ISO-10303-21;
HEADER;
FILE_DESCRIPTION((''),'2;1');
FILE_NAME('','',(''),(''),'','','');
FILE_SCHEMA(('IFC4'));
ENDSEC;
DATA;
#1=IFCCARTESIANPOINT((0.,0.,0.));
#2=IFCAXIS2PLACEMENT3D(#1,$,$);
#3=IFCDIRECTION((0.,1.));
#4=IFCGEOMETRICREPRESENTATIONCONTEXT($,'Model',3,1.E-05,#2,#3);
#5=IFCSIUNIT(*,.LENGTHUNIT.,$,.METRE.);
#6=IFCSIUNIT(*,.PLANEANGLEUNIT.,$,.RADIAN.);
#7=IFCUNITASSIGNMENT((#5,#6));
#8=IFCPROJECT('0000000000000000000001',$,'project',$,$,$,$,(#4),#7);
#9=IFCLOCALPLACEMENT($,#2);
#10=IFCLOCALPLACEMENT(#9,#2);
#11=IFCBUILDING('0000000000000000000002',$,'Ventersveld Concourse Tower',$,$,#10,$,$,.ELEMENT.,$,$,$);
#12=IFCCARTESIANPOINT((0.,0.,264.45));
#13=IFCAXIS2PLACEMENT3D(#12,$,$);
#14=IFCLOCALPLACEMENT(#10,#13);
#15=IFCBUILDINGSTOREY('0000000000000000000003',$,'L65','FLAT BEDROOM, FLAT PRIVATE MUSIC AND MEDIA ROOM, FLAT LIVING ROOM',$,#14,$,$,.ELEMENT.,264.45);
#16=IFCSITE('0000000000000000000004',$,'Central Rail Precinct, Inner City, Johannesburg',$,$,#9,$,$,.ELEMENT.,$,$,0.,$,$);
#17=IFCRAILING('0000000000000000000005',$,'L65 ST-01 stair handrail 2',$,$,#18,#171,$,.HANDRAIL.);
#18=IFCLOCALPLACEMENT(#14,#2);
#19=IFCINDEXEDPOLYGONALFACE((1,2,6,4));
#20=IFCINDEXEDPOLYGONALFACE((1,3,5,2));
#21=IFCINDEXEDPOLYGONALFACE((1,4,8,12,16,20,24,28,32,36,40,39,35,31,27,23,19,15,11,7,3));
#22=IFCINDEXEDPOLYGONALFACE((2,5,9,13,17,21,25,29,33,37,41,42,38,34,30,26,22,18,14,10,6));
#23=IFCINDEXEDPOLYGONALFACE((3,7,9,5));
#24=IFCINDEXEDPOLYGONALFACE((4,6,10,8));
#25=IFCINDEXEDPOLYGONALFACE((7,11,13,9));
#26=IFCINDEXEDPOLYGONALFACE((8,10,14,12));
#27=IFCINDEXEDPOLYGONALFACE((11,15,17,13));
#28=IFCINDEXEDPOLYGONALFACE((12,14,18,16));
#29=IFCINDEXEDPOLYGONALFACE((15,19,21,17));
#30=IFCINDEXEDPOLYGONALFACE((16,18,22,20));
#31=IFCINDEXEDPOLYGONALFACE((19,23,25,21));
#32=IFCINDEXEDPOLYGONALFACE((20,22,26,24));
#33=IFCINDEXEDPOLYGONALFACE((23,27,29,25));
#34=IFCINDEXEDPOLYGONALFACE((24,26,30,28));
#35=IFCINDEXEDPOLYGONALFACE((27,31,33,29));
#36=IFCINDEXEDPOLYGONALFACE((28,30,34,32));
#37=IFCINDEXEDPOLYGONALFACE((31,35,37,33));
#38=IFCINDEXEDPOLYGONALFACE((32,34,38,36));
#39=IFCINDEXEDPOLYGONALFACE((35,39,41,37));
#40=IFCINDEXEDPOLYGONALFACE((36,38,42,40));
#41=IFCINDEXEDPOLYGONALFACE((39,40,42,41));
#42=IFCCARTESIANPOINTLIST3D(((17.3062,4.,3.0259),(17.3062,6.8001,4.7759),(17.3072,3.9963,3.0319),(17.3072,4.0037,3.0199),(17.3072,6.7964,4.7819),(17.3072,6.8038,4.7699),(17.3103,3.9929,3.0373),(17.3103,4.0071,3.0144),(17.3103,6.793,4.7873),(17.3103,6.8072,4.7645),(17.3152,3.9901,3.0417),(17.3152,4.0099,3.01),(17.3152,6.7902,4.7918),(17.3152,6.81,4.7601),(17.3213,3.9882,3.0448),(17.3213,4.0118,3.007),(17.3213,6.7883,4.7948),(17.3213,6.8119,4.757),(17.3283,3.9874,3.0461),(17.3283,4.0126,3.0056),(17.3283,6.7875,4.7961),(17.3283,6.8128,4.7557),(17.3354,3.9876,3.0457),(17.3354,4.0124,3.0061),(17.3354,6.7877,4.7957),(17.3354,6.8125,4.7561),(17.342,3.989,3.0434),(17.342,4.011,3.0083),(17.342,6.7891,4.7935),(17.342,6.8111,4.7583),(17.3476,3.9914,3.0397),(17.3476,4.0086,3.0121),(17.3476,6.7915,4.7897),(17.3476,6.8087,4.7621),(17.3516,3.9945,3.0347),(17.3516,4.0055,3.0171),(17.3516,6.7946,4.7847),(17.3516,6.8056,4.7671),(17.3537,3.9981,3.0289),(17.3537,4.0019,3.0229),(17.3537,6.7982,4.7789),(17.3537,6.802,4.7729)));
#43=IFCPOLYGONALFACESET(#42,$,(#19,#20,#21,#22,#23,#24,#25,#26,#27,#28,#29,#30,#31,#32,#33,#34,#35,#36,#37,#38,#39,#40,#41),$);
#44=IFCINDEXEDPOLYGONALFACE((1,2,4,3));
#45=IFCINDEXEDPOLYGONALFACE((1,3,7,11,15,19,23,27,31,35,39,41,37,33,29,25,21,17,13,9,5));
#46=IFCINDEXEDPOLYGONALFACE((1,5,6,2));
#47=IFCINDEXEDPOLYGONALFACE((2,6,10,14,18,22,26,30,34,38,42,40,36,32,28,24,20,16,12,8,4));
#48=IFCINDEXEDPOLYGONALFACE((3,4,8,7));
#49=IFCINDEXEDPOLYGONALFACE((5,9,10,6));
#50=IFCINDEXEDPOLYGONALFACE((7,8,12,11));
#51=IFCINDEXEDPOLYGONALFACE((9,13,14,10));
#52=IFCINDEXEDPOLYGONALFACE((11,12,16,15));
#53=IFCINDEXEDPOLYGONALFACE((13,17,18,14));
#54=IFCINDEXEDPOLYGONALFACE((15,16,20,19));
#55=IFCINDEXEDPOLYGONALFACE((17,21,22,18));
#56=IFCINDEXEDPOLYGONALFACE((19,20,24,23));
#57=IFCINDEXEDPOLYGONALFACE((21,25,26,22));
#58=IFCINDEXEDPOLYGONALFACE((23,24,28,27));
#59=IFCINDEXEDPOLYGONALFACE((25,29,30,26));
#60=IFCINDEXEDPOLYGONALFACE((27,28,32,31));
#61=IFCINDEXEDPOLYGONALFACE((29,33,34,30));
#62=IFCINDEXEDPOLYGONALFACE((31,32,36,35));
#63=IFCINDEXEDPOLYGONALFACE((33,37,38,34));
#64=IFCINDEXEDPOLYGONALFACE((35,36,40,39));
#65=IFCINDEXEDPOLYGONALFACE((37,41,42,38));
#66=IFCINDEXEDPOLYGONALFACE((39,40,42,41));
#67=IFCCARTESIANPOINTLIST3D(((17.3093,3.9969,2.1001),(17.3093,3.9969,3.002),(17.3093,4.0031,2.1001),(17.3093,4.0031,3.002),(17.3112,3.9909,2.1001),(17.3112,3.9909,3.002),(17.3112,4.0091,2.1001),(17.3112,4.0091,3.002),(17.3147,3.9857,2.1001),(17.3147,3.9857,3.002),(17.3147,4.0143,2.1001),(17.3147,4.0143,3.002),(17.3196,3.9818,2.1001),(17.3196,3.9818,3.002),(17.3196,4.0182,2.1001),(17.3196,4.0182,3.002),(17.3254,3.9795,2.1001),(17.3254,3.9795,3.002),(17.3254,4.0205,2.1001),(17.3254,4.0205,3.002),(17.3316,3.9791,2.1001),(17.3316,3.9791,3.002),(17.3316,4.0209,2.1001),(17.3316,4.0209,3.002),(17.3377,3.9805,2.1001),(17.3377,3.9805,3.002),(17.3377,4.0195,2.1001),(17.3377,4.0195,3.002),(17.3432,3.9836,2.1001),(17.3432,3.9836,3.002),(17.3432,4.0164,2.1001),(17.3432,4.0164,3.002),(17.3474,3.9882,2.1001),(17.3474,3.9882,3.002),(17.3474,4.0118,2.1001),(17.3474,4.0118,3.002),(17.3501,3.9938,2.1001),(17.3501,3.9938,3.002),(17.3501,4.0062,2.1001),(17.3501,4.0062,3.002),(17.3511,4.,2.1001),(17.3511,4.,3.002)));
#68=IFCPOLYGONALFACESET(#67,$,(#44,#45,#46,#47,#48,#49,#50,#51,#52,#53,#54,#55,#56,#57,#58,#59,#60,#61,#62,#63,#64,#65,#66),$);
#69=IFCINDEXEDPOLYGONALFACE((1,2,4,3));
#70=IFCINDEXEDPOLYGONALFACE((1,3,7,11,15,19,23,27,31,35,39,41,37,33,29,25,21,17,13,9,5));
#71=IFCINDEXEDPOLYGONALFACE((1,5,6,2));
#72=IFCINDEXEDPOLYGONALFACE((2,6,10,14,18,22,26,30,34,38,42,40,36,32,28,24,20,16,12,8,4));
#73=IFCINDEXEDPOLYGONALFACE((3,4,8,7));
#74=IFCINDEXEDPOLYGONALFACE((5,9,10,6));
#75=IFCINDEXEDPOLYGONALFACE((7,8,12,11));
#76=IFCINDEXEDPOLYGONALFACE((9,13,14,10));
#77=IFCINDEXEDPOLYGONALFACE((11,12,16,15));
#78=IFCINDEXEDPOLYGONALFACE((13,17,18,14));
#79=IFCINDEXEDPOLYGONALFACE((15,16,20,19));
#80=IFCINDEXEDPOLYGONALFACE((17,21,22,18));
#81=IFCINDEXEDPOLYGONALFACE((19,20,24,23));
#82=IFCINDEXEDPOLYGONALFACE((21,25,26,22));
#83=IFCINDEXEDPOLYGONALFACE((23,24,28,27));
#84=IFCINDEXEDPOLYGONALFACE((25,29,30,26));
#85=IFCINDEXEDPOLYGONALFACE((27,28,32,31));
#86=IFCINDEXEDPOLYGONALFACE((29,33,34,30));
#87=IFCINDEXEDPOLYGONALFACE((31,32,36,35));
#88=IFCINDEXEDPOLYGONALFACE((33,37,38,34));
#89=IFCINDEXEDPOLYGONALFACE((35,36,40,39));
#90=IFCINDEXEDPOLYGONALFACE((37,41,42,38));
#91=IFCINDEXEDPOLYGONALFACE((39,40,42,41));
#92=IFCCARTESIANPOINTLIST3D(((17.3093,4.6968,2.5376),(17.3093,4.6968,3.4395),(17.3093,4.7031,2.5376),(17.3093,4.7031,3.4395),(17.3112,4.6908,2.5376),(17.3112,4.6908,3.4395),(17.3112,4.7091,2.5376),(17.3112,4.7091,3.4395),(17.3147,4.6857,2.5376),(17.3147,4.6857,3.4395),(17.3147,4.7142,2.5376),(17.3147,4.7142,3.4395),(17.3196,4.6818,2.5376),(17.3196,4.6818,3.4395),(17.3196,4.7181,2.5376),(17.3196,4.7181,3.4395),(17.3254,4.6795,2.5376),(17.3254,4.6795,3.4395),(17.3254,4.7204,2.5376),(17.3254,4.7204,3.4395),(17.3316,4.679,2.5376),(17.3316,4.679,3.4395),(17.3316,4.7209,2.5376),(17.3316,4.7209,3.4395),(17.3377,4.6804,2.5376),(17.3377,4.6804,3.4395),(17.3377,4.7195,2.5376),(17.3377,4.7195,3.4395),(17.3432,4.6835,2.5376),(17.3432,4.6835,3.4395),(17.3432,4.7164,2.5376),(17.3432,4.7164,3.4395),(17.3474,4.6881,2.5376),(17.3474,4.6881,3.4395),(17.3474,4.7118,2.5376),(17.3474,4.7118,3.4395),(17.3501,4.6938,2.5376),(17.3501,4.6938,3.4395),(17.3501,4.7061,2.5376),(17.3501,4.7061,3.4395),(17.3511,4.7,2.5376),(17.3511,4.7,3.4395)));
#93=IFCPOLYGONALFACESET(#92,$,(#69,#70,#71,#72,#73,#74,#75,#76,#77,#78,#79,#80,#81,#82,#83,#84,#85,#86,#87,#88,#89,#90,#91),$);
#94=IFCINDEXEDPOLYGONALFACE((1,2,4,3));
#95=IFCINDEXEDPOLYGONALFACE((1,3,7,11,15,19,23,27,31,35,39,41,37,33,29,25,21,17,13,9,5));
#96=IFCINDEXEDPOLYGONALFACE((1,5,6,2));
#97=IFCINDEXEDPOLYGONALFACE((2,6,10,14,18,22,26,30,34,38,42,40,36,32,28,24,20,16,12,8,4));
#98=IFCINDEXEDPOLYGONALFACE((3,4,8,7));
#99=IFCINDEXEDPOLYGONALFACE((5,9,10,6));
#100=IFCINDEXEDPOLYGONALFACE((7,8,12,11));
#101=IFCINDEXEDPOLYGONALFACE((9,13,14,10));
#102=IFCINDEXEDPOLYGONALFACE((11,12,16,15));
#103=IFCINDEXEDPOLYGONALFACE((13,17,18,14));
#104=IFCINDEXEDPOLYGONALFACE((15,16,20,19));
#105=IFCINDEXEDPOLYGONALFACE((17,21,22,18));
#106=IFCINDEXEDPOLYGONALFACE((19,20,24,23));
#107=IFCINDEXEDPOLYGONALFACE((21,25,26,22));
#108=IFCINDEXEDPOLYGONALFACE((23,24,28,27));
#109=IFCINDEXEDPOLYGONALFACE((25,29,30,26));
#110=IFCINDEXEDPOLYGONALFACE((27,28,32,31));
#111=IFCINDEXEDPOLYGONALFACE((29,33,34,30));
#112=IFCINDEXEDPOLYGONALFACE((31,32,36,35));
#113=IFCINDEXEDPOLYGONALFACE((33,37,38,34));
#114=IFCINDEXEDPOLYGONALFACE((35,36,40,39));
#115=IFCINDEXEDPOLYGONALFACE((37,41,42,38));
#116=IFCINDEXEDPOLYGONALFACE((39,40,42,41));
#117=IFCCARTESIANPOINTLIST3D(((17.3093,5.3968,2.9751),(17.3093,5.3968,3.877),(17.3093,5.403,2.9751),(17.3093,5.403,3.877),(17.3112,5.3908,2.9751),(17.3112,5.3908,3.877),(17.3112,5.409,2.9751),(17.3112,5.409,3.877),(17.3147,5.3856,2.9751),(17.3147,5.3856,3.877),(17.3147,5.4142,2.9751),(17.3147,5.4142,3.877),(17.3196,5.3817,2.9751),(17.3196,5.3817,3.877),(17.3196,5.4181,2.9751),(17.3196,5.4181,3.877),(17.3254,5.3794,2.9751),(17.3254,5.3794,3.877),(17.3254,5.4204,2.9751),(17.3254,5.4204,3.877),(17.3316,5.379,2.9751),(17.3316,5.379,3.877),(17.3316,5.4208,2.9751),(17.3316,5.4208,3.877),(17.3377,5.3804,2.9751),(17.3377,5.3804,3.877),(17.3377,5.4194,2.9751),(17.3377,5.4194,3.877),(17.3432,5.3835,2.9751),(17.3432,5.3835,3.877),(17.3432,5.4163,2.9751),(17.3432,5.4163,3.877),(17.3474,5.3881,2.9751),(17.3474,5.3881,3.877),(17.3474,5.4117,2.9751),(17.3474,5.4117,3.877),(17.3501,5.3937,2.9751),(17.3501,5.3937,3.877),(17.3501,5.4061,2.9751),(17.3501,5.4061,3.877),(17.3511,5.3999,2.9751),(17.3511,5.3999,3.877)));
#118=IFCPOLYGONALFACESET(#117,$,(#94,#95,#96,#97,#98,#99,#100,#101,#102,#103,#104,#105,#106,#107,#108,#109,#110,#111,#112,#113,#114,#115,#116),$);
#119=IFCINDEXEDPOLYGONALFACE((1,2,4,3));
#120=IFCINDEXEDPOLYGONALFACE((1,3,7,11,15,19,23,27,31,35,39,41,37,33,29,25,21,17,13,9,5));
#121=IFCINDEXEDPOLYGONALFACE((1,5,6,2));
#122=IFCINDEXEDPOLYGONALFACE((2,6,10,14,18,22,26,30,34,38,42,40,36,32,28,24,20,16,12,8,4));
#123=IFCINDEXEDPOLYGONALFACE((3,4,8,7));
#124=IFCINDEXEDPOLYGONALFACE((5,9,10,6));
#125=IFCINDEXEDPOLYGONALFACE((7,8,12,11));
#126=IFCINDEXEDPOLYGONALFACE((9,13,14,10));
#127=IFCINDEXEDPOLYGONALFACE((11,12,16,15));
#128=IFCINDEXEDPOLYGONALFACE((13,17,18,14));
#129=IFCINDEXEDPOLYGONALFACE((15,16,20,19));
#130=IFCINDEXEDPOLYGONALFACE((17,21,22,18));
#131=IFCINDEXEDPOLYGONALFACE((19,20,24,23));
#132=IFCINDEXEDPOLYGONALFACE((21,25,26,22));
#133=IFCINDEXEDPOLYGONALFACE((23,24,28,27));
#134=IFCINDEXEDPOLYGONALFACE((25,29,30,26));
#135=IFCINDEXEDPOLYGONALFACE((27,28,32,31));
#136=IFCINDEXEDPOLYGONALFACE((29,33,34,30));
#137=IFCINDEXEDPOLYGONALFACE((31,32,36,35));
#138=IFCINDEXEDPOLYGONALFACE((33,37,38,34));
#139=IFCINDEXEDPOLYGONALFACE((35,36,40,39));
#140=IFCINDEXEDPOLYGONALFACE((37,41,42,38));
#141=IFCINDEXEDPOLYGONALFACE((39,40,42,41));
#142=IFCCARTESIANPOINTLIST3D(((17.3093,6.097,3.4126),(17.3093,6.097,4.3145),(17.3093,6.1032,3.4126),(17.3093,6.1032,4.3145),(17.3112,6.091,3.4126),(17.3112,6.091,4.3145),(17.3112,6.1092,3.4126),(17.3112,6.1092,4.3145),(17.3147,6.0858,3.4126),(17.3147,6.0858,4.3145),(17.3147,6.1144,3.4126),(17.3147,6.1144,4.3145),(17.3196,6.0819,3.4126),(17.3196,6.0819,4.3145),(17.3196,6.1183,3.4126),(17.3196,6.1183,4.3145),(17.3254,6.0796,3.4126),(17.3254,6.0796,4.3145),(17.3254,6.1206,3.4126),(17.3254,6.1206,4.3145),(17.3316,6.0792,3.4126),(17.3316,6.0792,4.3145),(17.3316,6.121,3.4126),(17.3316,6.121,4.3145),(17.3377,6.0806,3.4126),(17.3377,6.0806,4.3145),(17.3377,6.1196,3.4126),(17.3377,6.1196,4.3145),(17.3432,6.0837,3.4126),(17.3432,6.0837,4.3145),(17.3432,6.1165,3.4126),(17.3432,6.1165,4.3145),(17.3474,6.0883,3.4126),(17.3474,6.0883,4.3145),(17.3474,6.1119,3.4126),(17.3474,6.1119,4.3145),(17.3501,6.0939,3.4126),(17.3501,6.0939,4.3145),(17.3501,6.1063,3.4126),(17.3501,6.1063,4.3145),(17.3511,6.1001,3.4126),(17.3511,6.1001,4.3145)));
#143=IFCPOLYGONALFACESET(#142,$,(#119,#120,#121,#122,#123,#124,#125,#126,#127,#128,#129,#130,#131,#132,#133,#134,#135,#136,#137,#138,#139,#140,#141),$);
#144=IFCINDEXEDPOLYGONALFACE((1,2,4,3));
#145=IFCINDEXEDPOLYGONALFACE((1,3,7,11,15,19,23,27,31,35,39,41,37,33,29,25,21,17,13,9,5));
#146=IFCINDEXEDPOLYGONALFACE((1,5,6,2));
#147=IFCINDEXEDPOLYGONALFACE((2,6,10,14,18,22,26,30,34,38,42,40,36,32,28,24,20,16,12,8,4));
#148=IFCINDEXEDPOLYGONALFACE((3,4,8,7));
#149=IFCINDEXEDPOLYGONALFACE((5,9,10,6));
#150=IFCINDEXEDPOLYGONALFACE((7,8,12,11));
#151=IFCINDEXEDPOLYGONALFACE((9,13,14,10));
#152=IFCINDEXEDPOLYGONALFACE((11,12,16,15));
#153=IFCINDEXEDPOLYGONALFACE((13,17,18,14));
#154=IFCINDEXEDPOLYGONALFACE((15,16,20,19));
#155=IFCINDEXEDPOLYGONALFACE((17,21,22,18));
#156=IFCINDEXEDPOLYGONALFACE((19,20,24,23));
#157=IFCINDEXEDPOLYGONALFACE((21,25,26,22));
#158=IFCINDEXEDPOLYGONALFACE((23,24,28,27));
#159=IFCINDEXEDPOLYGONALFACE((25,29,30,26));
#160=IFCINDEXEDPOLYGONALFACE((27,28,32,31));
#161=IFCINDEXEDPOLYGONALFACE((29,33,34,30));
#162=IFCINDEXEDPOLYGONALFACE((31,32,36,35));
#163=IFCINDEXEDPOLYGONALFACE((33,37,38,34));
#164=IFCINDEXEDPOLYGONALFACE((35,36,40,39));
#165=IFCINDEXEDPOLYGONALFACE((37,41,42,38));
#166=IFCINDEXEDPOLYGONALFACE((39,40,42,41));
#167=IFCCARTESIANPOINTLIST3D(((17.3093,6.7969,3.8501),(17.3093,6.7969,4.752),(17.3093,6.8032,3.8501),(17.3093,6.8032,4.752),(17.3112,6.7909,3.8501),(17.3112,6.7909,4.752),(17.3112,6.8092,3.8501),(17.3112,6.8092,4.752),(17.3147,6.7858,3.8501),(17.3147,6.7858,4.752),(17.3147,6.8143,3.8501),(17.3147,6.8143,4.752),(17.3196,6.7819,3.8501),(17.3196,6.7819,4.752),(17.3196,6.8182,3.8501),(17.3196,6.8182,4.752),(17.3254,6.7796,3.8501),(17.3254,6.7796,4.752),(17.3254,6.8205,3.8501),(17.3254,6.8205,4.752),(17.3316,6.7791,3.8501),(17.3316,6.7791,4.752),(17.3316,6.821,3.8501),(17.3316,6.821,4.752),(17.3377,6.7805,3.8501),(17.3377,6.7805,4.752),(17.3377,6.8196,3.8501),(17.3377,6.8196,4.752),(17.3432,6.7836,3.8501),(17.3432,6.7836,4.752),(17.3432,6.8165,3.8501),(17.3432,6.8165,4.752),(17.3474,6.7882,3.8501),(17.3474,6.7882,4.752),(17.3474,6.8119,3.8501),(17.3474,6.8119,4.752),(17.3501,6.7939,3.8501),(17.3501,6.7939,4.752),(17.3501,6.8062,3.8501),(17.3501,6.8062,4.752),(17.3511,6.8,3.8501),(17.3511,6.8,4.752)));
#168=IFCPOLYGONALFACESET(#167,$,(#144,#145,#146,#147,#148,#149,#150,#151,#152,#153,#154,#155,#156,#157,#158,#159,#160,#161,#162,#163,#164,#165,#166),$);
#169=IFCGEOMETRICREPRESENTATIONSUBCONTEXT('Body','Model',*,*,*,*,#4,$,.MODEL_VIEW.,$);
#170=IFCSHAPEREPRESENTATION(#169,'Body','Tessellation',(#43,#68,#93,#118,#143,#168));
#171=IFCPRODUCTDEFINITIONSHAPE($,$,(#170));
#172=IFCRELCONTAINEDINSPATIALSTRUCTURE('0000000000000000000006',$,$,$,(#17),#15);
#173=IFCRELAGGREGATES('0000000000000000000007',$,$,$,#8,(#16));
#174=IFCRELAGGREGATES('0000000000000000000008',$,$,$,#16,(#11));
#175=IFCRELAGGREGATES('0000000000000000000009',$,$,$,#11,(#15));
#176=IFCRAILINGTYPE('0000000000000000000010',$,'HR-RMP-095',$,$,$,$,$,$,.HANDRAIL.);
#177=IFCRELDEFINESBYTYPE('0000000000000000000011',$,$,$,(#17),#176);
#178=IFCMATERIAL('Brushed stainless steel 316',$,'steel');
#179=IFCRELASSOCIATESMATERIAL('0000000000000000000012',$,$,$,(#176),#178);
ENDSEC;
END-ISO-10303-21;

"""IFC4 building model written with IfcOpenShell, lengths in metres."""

from ifc_helpers import new_model, si_unit, direction, frame, origin, origin_2d, place, context, subcontext, project, spatial, circle, extrude, material, type_object, element, save


model = new_model("IFC4")

# Units and contexts
model_context = context("Model", 3, precision=1e-05, world=origin(), true_north=direction((0.0, 1.0)))
body_context = subcontext(model_context, "Body", "Model", "MODEL_VIEW")
ifc_project = project(units=[si_unit("LENGTHUNIT", "METRE"), si_unit("PLANEANGLEUNIT", "RADIAN")], contexts=[model_context])

# Site, building, storey
site_placement = place(None, origin())
site = spatial("IfcSite", under=ifc_project, at=site_placement, Name="Central Rail Precinct, Inner City, Johannesburg", CompositionType="ELEMENT", RefElevation=0.0)
building_placement = place(site_placement, origin())
building = spatial("IfcBuilding", under=site, at=building_placement, Name="Ventersveld Concourse Tower", CompositionType="ELEMENT")
storey_placement = place(building_placement, frame((0.0, 0.0, 264.45)))
storey = spatial("IfcBuildingStorey", under=building, at=storey_placement, Name="L65", Description="FLAT BEDROOM, FLAT PRIVATE MUSIC AND MEDIA ROOM, FLAT LIVING ROOM", CompositionType="ELEMENT", Elevation=264.45)

# Shared definitions
ifc_material_1 = material(Name="Brushed stainless steel 316", Category="steel")

# Railing
railing_type_1 = type_object("IfcRailingType", Name="HR-RMP-095", PredefinedType="HANDRAIL", material=ifc_material_1)
railing_1_placement = place(storey_placement, frame((17.3301, 4.0, 2.1001)))
element("IfcRailing", 1, at=railing_1_placement, inside=storey, type_object=railing_type_1, Name="L65 ST-01 stair handrail 2", PredefinedType="HANDRAIL", context=body_context, shape_type="SweptSolid", body=[
    extrude(circle(Radius=0.0239, at=origin_2d()), frame((0.0, 0.0, 0.9258), z_axis=(0.0, 0.848002, 0.529992), x_axis=(-1.0, 0.0, 0.0)), (0.0, 0.0, 1.0), 3.302),
    extrude(circle(Radius=0.021, at=origin_2d()), origin(), (0.0, 0.0, 1.0), 0.9019),
    extrude(circle(Radius=0.021, at=origin_2d()), frame((0.0, 0.7, 0.4375)), (0.0, 0.0, 1.0), 0.9019),
    extrude(circle(Radius=0.021, at=origin_2d()), frame((0.0, 1.3999, 0.875)), (0.0, 0.0, 1.0), 0.9019),
    extrude(circle(Radius=0.021, at=origin_2d()), frame((0.0, 2.1001, 1.3125)), (0.0, 0.0, 1.0), 0.9019),
    extrude(circle(Radius=0.021, at=origin_2d()), frame((0.0, 2.8, 1.75)), (0.0, 0.0, 1.0), 0.9019),
])

save(model, "model.ifc")
